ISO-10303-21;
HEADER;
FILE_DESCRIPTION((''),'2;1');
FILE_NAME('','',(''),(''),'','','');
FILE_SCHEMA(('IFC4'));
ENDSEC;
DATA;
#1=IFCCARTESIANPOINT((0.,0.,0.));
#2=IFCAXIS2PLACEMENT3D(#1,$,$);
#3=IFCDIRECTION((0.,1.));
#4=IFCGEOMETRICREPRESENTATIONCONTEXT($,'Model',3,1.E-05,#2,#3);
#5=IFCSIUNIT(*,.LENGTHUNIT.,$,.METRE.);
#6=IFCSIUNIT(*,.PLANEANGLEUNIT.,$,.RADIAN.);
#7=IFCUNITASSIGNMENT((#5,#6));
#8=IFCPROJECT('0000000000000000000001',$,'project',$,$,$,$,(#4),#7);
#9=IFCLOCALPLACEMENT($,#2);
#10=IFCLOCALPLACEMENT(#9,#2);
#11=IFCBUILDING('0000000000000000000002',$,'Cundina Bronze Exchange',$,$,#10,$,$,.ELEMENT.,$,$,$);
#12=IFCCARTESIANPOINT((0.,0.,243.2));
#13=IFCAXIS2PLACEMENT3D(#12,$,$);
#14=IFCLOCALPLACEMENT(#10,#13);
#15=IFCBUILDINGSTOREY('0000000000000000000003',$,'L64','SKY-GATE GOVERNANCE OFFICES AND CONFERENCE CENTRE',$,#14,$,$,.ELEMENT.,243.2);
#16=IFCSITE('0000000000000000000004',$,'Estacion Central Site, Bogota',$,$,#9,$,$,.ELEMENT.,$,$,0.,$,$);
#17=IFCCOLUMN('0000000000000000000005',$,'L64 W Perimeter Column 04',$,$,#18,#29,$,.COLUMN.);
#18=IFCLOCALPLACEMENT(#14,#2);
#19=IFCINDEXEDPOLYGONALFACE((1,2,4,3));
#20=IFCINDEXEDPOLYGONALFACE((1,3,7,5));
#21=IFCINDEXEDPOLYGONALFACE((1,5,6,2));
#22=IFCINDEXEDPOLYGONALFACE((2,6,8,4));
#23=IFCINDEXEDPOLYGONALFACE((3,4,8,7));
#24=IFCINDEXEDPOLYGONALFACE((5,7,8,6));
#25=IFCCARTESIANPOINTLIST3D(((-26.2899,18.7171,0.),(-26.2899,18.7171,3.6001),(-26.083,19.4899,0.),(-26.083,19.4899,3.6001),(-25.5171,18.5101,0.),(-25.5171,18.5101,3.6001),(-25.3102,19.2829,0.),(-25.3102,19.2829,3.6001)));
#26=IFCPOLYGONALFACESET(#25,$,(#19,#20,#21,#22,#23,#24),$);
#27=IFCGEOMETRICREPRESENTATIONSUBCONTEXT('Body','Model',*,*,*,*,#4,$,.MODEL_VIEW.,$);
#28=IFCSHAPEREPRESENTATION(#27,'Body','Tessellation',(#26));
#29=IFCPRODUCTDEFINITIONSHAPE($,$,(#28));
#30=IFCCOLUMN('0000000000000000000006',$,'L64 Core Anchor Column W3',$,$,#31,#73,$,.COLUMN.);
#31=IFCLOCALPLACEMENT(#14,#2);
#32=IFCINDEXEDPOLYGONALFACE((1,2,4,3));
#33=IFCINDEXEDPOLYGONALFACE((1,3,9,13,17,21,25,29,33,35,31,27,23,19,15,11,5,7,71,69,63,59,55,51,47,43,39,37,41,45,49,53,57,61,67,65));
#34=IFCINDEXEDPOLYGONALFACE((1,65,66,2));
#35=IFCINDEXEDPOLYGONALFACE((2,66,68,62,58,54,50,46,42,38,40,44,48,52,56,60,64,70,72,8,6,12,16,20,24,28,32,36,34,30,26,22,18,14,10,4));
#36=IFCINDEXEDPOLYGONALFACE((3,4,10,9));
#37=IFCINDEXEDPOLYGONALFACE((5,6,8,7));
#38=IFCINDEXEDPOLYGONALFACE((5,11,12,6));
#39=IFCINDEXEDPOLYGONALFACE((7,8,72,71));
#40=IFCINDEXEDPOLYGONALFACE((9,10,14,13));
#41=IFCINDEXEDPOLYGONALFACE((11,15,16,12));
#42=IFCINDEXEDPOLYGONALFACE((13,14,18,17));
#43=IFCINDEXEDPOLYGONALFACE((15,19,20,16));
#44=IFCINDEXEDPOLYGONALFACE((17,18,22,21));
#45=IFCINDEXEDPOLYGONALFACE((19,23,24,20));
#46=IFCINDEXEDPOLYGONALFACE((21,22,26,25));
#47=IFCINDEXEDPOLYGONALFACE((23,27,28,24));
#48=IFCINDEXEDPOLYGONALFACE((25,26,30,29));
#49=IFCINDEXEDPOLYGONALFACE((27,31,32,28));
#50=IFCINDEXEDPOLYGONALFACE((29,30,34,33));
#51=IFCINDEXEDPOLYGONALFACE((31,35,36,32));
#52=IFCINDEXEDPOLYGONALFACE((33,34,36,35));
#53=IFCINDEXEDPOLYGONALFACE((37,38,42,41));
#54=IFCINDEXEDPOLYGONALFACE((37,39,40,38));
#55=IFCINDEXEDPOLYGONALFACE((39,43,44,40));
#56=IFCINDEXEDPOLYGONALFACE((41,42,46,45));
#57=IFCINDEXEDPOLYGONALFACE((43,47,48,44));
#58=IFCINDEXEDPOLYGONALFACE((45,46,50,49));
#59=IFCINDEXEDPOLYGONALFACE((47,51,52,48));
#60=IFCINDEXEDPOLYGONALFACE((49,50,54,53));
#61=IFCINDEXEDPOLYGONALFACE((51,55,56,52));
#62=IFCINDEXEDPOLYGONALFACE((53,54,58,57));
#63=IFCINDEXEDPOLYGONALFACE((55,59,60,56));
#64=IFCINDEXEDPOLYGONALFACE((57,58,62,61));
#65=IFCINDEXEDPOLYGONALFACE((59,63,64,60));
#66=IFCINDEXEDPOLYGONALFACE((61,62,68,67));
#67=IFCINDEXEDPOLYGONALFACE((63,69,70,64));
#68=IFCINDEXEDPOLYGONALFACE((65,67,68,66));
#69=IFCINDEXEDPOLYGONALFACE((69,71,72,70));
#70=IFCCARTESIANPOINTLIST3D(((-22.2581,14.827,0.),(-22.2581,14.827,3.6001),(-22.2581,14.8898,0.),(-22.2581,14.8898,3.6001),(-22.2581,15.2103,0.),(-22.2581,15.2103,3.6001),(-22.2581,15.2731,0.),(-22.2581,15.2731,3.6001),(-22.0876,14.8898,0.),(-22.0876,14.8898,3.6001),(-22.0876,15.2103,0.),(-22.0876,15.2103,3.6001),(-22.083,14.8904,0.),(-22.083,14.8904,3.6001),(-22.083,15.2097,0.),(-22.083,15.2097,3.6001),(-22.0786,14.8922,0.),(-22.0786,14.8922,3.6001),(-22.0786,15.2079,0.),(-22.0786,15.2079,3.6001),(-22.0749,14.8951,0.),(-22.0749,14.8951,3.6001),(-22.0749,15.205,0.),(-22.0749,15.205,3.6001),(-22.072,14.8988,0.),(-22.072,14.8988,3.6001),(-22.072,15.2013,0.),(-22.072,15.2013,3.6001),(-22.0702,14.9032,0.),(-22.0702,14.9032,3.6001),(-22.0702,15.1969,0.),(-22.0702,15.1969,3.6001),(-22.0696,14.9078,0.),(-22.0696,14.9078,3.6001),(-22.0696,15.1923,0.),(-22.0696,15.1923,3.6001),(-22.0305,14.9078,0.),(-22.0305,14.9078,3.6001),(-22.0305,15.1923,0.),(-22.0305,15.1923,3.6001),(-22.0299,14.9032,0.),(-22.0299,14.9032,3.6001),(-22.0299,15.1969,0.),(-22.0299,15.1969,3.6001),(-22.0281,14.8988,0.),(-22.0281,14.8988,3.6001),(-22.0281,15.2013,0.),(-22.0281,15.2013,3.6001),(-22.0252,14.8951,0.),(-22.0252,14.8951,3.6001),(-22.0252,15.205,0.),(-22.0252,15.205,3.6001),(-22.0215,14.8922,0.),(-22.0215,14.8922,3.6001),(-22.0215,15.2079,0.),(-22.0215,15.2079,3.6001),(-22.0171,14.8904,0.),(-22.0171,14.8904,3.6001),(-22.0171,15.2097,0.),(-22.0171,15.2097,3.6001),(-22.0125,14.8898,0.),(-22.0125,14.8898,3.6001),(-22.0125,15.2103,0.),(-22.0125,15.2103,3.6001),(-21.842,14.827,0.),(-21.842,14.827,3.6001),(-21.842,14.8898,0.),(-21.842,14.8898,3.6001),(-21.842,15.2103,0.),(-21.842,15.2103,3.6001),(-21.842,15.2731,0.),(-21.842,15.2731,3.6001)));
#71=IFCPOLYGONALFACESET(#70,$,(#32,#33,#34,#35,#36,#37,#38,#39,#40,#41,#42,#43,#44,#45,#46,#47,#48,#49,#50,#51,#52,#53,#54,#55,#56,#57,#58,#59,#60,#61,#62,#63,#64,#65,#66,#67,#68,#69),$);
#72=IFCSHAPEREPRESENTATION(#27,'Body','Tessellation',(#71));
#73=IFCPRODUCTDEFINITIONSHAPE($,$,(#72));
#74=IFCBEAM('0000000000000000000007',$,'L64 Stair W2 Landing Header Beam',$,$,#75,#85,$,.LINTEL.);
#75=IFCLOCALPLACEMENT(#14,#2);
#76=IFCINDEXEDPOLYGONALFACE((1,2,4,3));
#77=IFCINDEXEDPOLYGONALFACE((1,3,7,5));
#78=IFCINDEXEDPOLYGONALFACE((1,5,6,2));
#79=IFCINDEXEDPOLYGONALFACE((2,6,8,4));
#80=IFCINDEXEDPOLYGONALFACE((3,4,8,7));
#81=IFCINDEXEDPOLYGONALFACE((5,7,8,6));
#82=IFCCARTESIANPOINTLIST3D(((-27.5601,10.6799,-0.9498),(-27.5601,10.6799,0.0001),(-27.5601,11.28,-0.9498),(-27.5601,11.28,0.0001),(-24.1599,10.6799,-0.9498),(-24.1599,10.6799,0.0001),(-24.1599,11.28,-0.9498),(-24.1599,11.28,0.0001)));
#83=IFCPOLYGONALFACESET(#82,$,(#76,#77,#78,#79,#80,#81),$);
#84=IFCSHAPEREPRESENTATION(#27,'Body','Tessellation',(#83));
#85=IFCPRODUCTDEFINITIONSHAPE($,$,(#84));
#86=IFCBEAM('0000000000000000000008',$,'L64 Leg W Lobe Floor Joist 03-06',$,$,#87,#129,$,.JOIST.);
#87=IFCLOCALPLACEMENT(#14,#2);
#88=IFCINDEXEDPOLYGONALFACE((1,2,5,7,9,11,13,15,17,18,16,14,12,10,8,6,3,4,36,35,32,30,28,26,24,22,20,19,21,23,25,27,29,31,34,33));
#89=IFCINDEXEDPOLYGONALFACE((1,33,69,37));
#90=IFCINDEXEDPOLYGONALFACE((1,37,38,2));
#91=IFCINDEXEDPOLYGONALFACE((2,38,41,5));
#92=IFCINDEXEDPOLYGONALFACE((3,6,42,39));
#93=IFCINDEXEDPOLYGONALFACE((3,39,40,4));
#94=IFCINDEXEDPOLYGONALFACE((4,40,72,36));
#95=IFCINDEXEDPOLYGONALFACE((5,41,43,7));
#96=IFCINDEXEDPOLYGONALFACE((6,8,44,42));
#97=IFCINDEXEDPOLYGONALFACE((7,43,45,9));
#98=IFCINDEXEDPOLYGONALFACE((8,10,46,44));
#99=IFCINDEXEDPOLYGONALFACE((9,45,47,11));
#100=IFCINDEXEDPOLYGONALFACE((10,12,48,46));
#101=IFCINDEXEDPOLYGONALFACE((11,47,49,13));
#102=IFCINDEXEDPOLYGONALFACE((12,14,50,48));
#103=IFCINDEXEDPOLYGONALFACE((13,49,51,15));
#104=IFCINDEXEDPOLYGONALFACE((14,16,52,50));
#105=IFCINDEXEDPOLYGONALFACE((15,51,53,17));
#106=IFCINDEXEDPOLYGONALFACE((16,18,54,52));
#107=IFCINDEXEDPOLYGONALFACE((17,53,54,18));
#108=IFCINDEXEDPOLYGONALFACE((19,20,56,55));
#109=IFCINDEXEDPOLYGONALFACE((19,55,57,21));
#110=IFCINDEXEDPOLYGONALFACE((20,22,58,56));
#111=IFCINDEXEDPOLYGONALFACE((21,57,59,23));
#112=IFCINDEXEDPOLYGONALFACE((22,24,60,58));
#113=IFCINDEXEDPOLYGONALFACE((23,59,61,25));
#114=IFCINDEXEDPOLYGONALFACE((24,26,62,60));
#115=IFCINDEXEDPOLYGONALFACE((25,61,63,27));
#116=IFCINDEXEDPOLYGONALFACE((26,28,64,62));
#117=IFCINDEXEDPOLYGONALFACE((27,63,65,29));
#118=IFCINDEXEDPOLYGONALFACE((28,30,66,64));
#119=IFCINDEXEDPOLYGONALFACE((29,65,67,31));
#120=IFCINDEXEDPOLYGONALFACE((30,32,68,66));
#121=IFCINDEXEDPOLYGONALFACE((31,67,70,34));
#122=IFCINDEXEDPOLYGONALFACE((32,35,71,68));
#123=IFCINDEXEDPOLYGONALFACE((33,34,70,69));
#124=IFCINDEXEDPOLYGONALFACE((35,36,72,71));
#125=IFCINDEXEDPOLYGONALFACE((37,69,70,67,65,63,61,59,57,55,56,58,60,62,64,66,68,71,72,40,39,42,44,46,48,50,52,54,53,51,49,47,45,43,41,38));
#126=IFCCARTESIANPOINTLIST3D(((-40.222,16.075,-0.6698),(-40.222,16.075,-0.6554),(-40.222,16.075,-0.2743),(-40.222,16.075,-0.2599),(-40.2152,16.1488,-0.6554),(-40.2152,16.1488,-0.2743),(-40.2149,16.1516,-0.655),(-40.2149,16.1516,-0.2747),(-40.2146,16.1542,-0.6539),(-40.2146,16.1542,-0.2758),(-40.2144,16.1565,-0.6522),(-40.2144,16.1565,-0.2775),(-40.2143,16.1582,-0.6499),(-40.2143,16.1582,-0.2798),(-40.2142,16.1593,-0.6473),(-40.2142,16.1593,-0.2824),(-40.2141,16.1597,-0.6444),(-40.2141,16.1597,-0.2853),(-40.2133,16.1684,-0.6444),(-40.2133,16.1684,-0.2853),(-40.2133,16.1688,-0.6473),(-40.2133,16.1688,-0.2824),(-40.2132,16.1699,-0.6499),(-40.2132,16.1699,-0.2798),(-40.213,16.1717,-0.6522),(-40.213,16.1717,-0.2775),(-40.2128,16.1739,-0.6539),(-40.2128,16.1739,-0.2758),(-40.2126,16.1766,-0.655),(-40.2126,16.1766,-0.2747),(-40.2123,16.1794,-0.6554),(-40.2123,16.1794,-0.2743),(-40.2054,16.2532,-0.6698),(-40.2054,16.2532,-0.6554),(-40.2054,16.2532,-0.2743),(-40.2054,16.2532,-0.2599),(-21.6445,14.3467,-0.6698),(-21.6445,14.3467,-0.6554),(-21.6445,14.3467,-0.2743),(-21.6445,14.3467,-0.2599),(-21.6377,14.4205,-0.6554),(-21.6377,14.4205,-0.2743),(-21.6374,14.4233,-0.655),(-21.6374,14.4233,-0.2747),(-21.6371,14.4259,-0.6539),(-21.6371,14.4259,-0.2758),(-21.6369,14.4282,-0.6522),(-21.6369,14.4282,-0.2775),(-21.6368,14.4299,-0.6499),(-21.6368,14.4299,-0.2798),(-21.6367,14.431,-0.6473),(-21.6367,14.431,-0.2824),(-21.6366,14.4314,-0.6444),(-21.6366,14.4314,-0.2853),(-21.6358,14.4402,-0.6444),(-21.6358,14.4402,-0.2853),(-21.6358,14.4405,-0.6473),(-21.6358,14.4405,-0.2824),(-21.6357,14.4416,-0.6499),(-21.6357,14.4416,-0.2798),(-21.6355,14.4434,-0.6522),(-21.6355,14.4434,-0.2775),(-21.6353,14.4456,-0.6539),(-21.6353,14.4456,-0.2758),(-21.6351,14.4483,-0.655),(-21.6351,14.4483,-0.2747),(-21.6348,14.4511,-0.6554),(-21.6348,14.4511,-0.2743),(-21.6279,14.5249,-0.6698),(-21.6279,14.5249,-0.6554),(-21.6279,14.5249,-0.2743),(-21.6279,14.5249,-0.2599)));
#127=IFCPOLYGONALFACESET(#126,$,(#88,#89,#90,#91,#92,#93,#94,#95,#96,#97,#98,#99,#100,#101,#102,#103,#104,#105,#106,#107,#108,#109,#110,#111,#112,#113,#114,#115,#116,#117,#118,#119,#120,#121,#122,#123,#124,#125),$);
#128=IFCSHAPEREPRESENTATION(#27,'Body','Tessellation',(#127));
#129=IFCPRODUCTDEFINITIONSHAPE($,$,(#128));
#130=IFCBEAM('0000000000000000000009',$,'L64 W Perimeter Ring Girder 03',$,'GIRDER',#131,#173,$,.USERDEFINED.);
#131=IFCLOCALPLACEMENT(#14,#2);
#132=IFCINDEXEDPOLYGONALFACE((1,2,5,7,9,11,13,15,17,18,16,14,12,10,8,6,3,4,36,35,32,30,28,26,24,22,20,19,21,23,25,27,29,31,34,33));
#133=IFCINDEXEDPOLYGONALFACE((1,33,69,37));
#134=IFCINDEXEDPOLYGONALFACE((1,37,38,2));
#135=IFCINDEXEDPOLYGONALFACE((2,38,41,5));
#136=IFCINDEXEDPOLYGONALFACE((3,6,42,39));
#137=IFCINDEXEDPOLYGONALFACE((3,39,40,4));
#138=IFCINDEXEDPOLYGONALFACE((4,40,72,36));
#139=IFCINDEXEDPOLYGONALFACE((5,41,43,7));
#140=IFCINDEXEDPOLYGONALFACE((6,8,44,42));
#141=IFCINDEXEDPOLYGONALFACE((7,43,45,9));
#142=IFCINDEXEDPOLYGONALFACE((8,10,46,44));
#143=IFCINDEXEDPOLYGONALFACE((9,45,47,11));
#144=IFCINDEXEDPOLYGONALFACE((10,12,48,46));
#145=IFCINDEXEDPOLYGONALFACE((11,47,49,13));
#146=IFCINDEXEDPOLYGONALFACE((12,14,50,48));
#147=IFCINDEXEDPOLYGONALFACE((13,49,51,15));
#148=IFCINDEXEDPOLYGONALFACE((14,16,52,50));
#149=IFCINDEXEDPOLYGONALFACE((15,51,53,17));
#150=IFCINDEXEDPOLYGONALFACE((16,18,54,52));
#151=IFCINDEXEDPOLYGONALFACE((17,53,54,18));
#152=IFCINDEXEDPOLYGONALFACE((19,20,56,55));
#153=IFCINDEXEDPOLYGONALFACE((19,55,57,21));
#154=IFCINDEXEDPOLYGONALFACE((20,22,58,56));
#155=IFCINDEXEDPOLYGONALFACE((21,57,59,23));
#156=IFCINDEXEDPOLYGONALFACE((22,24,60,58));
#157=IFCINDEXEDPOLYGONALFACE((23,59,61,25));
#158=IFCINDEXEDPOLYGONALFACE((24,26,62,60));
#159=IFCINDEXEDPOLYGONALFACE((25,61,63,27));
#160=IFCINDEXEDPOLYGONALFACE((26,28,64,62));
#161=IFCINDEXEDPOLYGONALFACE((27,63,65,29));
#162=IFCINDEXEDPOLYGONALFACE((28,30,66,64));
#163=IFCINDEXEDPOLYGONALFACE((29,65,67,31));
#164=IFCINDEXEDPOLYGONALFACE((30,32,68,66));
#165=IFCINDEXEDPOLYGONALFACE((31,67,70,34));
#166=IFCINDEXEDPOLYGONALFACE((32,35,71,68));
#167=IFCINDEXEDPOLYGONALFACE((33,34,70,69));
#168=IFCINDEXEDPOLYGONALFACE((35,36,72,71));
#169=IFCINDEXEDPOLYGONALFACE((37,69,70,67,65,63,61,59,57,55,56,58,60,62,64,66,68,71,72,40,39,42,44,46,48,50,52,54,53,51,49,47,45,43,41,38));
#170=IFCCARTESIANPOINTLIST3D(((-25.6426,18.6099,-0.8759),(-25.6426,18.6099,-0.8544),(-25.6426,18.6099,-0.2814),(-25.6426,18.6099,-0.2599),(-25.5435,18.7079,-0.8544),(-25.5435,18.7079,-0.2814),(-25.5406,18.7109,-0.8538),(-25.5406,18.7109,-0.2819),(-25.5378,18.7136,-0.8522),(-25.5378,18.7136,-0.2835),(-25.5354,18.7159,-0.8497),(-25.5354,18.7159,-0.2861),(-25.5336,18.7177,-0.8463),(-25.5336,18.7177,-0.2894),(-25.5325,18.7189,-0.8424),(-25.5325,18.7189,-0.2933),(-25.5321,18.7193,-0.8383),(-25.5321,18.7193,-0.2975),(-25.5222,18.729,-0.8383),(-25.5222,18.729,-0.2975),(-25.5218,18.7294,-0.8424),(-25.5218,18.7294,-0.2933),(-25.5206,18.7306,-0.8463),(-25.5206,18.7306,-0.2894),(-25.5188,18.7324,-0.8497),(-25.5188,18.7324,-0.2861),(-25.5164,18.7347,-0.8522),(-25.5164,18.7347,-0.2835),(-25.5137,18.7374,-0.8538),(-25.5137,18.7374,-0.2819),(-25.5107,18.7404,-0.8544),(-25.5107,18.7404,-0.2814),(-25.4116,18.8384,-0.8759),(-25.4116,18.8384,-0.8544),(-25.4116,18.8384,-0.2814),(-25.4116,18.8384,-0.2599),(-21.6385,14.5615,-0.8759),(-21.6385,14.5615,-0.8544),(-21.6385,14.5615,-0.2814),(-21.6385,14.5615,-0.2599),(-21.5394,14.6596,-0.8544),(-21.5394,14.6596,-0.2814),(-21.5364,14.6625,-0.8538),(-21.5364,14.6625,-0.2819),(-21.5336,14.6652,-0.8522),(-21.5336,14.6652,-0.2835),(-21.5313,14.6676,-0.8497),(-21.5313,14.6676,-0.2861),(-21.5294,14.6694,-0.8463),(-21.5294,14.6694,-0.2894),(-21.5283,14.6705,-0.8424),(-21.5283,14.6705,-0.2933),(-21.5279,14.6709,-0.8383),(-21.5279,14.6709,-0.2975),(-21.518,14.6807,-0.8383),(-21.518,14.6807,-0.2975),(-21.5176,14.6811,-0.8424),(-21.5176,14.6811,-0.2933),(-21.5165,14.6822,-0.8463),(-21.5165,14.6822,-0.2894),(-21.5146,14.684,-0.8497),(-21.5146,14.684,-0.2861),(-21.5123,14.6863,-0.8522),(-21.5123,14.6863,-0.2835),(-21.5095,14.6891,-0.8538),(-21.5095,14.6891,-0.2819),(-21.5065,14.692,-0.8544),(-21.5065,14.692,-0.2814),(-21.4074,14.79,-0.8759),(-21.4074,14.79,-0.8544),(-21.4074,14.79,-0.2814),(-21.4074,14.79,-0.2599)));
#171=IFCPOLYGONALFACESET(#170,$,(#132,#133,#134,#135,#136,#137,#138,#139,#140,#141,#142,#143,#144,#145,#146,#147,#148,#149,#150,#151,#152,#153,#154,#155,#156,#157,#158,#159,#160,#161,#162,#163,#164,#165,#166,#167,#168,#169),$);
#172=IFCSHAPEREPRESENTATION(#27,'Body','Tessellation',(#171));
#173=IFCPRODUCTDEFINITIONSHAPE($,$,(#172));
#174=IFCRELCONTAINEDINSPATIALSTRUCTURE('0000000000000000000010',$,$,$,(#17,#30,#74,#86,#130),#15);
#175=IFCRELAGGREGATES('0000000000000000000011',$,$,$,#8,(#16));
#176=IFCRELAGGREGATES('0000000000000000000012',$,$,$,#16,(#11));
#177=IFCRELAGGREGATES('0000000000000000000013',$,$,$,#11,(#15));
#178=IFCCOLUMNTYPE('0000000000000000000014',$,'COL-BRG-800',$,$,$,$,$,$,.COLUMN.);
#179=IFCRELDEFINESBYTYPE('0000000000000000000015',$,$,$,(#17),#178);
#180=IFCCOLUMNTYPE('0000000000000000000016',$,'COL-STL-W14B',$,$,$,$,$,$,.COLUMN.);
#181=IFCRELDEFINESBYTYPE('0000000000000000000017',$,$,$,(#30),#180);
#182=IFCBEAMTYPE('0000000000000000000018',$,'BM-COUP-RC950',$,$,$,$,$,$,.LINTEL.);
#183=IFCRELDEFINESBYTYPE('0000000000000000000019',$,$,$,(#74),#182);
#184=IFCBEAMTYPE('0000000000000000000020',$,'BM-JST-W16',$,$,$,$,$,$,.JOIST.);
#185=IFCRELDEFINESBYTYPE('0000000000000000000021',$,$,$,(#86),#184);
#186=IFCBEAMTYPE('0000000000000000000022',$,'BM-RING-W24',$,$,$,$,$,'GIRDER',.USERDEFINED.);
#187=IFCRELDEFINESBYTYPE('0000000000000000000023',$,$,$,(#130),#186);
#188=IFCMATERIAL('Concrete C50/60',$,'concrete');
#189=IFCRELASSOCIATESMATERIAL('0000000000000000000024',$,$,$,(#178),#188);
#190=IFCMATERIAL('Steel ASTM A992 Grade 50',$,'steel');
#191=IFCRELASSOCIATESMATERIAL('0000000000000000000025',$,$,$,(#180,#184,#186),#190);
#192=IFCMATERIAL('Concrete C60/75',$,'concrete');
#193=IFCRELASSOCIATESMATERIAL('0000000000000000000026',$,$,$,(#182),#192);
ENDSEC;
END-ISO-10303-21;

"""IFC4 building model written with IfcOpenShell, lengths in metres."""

from ifc_helpers import new_model, si_unit, direction, frame, origin, origin_2d, place, context, subcontext, project, spatial, rectangle, i_section, extrude, material, material_profile, profile_set, type_object, element, save


model = new_model("IFC4")

# Units and contexts
model_context = context("Model", 3, precision=1e-05, world=origin(), true_north=direction((0.0, 1.0)))
body_context = subcontext(model_context, "Body", "Model", "MODEL_VIEW")
ifc_project = project(units=[si_unit("LENGTHUNIT", "METRE"), si_unit("PLANEANGLEUNIT", "RADIAN")], contexts=[model_context])

# Site, building, storey
site_placement = place(None, origin())
site = spatial("IfcSite", under=ifc_project, at=site_placement, Name="Estacion Central Site, Bogota", CompositionType="ELEMENT", RefElevation=0.0)
building_placement = place(site_placement, origin())
building = spatial("IfcBuilding", under=site, at=building_placement, Name="Cundina Bronze Exchange", CompositionType="ELEMENT")
storey_placement = place(building_placement, frame((0.0, 0.0, 243.2)))
storey = spatial("IfcBuildingStorey", under=building, at=storey_placement, Name="L64", Description="SKY-GATE GOVERNANCE OFFICES AND CONFERENCE CENTRE", CompositionType="ELEMENT", Elevation=243.2)

# Columns
ifc_material_1 = material(Name="Concrete C50/60", Category="concrete")
ifc_material_profile_1 = material_profile(ifc_material_1, rectangle(XDim=0.8, YDim=0.8, at=origin_2d()), Name="RC800X800", Category="concrete")
ifc_profile_set_1 = profile_set([ifc_material_profile_1], Name="Concrete C50/60")
column_type_1 = type_object("IfcColumnType", Name="COL-BRG-800", PredefinedType="COLUMN", material=ifc_profile_set_1)
column_1_placement = place(storey_placement, frame((-25.8, 19.0, 0.0), z_axis=(0.0, 0.0, 1.0), x_axis=(-0.965971, 0.25865, 0.0)))
element("IfcColumn", 1, at=column_1_placement, inside=storey, type_object=column_type_1, Name="L64 W Perimeter Column 04", PredefinedType="COLUMN", context=body_context, shape_type="SweptSolid", body=[
    extrude(rectangle(XDim=0.8, YDim=0.8, at=origin_2d()), origin(), (0.0, 0.0, 1.0), 3.6001),
])
ifc_material_2 = material(Name="Steel ASTM A992 Grade 50", Category="steel")
ifc_material_profile_2 = material_profile(ifc_material_2, i_section(OverallWidth=0.416, OverallDepth=0.446, WebThickness=0.0391, FlangeThickness=0.0627, FilletRadius=0.0181, at=origin_2d()), Name="W14X342", Category="steel")
ifc_profile_set_2 = profile_set([ifc_material_profile_2], Name="Steel ASTM A992 Grade 50")
column_type_2 = type_object("IfcColumnType", Name="COL-STL-W14B", PredefinedType="COLUMN", material=ifc_profile_set_2)
column_2_placement = place(storey_placement, frame((-22.05, 15.05, 0.0), z_axis=(0.0, 0.0, 1.0), x_axis=(1.0, 0.0, 0.0)))
element("IfcColumn", 2, at=column_2_placement, inside=storey, type_object=column_type_2, Name="L64 Core Anchor Column W3", PredefinedType="COLUMN", context=body_context, shape_type="SweptSolid", body=[
    extrude(i_section(OverallWidth=0.416, OverallDepth=0.446, WebThickness=0.0391, FlangeThickness=0.0627, FilletRadius=0.0181, at=origin_2d()), origin(), (0.0, 0.0, 1.0), 3.6001),
])

# Beams
ifc_material_3 = material(Name="Concrete C60/75", Category="concrete")
ifc_material_profile_3 = material_profile(ifc_material_3, rectangle(XDim=0.6001, YDim=0.95, at=origin_2d()), Name="RC600X950", Category="concrete")
ifc_profile_set_3 = profile_set([ifc_material_profile_3], Name="Concrete C60/75")
beam_type_1 = type_object("IfcBeamType", Name="BM-COUP-RC950", PredefinedType="LINTEL", material=ifc_profile_set_3)
beam_1_placement = place(storey_placement, frame((-27.5601, 10.98, -0.4749), z_axis=(1.0, 0.0, 0.0), x_axis=(0.0, 1.0, 0.0)))
element("IfcBeam", 3, at=beam_1_placement, inside=storey, type_object=beam_type_1, Name="L64 Stair W2 Landing Header Beam", PredefinedType="LINTEL", context=body_context, shape_type="SweptSolid", body=[
    extrude(rectangle(XDim=0.6001, YDim=0.95, at=origin_2d()), origin(), (0.0, 0.0, 1.0), 3.4001),
])
ifc_material_profile_4 = material_profile(ifc_material_2, i_section(OverallWidth=0.179, OverallDepth=0.4099, WebThickness=0.0088, FlangeThickness=0.0144, FilletRadius=0.011, at=origin_2d()), Name="W16X45", Category="steel")
ifc_profile_set_4 = profile_set([ifc_material_profile_4], Name="Steel ASTM A992 Grade 50")
beam_type_2 = type_object("IfcBeamType", Name="BM-JST-W16", PredefinedType="JOIST", material=ifc_profile_set_4)
beam_2_placement = place(storey_placement, frame((-21.6362, 14.4358, -0.4648), z_axis=(-0.995701, 0.092631, 0.0), x_axis=(-0.092631, -0.995701, 0.0)))
element("IfcBeam", 4, at=beam_2_placement, inside=storey, type_object=beam_type_2, Name="L64 Leg W Lobe Floor Joist 03-06", PredefinedType="JOIST", context=body_context, shape_type="SweptSolid", body=[
    extrude(i_section(OverallWidth=0.179, OverallDepth=0.4099, WebThickness=0.0088, FlangeThickness=0.0144, FilletRadius=0.011, at=origin_2d()), origin(), (0.0, 0.0, 1.0), 18.6577),
])
ifc_material_profile_5 = material_profile(ifc_material_2, i_section(OverallWidth=0.325, OverallDepth=0.616, WebThickness=0.0139, FlangeThickness=0.0215, FilletRadius=0.0161, at=origin_2d()), Name="W24X117", Category="steel")
ifc_profile_set_5 = profile_set([ifc_material_profile_5], Name="Steel ASTM A992 Grade 50")
beam_type_3 = type_object("IfcBeamType", Name="BM-RING-W24", ElementType="GIRDER", PredefinedType="USERDEFINED", material=ifc_profile_set_5)
beam_3_placement = place(storey_placement, frame((-21.5229, 14.6758, -0.5679), z_axis=(-0.703216, 0.710976, 0.0), x_axis=(-0.710976, -0.703216, 0.0)))
element("IfcBeam", 5, at=beam_3_placement, inside=storey, type_object=beam_type_3, Name="L64 W Perimeter Ring Girder 03", ObjectType="GIRDER", PredefinedType="USERDEFINED", context=body_context, shape_type="SweptSolid", body=[
    extrude(i_section(OverallWidth=0.325, OverallDepth=0.616, WebThickness=0.0139, FlangeThickness=0.0215, FilletRadius=0.0161, at=origin_2d()), origin(), (0.0, 0.0, 1.0), 5.6941),
])

save(model, "model.ifc")
